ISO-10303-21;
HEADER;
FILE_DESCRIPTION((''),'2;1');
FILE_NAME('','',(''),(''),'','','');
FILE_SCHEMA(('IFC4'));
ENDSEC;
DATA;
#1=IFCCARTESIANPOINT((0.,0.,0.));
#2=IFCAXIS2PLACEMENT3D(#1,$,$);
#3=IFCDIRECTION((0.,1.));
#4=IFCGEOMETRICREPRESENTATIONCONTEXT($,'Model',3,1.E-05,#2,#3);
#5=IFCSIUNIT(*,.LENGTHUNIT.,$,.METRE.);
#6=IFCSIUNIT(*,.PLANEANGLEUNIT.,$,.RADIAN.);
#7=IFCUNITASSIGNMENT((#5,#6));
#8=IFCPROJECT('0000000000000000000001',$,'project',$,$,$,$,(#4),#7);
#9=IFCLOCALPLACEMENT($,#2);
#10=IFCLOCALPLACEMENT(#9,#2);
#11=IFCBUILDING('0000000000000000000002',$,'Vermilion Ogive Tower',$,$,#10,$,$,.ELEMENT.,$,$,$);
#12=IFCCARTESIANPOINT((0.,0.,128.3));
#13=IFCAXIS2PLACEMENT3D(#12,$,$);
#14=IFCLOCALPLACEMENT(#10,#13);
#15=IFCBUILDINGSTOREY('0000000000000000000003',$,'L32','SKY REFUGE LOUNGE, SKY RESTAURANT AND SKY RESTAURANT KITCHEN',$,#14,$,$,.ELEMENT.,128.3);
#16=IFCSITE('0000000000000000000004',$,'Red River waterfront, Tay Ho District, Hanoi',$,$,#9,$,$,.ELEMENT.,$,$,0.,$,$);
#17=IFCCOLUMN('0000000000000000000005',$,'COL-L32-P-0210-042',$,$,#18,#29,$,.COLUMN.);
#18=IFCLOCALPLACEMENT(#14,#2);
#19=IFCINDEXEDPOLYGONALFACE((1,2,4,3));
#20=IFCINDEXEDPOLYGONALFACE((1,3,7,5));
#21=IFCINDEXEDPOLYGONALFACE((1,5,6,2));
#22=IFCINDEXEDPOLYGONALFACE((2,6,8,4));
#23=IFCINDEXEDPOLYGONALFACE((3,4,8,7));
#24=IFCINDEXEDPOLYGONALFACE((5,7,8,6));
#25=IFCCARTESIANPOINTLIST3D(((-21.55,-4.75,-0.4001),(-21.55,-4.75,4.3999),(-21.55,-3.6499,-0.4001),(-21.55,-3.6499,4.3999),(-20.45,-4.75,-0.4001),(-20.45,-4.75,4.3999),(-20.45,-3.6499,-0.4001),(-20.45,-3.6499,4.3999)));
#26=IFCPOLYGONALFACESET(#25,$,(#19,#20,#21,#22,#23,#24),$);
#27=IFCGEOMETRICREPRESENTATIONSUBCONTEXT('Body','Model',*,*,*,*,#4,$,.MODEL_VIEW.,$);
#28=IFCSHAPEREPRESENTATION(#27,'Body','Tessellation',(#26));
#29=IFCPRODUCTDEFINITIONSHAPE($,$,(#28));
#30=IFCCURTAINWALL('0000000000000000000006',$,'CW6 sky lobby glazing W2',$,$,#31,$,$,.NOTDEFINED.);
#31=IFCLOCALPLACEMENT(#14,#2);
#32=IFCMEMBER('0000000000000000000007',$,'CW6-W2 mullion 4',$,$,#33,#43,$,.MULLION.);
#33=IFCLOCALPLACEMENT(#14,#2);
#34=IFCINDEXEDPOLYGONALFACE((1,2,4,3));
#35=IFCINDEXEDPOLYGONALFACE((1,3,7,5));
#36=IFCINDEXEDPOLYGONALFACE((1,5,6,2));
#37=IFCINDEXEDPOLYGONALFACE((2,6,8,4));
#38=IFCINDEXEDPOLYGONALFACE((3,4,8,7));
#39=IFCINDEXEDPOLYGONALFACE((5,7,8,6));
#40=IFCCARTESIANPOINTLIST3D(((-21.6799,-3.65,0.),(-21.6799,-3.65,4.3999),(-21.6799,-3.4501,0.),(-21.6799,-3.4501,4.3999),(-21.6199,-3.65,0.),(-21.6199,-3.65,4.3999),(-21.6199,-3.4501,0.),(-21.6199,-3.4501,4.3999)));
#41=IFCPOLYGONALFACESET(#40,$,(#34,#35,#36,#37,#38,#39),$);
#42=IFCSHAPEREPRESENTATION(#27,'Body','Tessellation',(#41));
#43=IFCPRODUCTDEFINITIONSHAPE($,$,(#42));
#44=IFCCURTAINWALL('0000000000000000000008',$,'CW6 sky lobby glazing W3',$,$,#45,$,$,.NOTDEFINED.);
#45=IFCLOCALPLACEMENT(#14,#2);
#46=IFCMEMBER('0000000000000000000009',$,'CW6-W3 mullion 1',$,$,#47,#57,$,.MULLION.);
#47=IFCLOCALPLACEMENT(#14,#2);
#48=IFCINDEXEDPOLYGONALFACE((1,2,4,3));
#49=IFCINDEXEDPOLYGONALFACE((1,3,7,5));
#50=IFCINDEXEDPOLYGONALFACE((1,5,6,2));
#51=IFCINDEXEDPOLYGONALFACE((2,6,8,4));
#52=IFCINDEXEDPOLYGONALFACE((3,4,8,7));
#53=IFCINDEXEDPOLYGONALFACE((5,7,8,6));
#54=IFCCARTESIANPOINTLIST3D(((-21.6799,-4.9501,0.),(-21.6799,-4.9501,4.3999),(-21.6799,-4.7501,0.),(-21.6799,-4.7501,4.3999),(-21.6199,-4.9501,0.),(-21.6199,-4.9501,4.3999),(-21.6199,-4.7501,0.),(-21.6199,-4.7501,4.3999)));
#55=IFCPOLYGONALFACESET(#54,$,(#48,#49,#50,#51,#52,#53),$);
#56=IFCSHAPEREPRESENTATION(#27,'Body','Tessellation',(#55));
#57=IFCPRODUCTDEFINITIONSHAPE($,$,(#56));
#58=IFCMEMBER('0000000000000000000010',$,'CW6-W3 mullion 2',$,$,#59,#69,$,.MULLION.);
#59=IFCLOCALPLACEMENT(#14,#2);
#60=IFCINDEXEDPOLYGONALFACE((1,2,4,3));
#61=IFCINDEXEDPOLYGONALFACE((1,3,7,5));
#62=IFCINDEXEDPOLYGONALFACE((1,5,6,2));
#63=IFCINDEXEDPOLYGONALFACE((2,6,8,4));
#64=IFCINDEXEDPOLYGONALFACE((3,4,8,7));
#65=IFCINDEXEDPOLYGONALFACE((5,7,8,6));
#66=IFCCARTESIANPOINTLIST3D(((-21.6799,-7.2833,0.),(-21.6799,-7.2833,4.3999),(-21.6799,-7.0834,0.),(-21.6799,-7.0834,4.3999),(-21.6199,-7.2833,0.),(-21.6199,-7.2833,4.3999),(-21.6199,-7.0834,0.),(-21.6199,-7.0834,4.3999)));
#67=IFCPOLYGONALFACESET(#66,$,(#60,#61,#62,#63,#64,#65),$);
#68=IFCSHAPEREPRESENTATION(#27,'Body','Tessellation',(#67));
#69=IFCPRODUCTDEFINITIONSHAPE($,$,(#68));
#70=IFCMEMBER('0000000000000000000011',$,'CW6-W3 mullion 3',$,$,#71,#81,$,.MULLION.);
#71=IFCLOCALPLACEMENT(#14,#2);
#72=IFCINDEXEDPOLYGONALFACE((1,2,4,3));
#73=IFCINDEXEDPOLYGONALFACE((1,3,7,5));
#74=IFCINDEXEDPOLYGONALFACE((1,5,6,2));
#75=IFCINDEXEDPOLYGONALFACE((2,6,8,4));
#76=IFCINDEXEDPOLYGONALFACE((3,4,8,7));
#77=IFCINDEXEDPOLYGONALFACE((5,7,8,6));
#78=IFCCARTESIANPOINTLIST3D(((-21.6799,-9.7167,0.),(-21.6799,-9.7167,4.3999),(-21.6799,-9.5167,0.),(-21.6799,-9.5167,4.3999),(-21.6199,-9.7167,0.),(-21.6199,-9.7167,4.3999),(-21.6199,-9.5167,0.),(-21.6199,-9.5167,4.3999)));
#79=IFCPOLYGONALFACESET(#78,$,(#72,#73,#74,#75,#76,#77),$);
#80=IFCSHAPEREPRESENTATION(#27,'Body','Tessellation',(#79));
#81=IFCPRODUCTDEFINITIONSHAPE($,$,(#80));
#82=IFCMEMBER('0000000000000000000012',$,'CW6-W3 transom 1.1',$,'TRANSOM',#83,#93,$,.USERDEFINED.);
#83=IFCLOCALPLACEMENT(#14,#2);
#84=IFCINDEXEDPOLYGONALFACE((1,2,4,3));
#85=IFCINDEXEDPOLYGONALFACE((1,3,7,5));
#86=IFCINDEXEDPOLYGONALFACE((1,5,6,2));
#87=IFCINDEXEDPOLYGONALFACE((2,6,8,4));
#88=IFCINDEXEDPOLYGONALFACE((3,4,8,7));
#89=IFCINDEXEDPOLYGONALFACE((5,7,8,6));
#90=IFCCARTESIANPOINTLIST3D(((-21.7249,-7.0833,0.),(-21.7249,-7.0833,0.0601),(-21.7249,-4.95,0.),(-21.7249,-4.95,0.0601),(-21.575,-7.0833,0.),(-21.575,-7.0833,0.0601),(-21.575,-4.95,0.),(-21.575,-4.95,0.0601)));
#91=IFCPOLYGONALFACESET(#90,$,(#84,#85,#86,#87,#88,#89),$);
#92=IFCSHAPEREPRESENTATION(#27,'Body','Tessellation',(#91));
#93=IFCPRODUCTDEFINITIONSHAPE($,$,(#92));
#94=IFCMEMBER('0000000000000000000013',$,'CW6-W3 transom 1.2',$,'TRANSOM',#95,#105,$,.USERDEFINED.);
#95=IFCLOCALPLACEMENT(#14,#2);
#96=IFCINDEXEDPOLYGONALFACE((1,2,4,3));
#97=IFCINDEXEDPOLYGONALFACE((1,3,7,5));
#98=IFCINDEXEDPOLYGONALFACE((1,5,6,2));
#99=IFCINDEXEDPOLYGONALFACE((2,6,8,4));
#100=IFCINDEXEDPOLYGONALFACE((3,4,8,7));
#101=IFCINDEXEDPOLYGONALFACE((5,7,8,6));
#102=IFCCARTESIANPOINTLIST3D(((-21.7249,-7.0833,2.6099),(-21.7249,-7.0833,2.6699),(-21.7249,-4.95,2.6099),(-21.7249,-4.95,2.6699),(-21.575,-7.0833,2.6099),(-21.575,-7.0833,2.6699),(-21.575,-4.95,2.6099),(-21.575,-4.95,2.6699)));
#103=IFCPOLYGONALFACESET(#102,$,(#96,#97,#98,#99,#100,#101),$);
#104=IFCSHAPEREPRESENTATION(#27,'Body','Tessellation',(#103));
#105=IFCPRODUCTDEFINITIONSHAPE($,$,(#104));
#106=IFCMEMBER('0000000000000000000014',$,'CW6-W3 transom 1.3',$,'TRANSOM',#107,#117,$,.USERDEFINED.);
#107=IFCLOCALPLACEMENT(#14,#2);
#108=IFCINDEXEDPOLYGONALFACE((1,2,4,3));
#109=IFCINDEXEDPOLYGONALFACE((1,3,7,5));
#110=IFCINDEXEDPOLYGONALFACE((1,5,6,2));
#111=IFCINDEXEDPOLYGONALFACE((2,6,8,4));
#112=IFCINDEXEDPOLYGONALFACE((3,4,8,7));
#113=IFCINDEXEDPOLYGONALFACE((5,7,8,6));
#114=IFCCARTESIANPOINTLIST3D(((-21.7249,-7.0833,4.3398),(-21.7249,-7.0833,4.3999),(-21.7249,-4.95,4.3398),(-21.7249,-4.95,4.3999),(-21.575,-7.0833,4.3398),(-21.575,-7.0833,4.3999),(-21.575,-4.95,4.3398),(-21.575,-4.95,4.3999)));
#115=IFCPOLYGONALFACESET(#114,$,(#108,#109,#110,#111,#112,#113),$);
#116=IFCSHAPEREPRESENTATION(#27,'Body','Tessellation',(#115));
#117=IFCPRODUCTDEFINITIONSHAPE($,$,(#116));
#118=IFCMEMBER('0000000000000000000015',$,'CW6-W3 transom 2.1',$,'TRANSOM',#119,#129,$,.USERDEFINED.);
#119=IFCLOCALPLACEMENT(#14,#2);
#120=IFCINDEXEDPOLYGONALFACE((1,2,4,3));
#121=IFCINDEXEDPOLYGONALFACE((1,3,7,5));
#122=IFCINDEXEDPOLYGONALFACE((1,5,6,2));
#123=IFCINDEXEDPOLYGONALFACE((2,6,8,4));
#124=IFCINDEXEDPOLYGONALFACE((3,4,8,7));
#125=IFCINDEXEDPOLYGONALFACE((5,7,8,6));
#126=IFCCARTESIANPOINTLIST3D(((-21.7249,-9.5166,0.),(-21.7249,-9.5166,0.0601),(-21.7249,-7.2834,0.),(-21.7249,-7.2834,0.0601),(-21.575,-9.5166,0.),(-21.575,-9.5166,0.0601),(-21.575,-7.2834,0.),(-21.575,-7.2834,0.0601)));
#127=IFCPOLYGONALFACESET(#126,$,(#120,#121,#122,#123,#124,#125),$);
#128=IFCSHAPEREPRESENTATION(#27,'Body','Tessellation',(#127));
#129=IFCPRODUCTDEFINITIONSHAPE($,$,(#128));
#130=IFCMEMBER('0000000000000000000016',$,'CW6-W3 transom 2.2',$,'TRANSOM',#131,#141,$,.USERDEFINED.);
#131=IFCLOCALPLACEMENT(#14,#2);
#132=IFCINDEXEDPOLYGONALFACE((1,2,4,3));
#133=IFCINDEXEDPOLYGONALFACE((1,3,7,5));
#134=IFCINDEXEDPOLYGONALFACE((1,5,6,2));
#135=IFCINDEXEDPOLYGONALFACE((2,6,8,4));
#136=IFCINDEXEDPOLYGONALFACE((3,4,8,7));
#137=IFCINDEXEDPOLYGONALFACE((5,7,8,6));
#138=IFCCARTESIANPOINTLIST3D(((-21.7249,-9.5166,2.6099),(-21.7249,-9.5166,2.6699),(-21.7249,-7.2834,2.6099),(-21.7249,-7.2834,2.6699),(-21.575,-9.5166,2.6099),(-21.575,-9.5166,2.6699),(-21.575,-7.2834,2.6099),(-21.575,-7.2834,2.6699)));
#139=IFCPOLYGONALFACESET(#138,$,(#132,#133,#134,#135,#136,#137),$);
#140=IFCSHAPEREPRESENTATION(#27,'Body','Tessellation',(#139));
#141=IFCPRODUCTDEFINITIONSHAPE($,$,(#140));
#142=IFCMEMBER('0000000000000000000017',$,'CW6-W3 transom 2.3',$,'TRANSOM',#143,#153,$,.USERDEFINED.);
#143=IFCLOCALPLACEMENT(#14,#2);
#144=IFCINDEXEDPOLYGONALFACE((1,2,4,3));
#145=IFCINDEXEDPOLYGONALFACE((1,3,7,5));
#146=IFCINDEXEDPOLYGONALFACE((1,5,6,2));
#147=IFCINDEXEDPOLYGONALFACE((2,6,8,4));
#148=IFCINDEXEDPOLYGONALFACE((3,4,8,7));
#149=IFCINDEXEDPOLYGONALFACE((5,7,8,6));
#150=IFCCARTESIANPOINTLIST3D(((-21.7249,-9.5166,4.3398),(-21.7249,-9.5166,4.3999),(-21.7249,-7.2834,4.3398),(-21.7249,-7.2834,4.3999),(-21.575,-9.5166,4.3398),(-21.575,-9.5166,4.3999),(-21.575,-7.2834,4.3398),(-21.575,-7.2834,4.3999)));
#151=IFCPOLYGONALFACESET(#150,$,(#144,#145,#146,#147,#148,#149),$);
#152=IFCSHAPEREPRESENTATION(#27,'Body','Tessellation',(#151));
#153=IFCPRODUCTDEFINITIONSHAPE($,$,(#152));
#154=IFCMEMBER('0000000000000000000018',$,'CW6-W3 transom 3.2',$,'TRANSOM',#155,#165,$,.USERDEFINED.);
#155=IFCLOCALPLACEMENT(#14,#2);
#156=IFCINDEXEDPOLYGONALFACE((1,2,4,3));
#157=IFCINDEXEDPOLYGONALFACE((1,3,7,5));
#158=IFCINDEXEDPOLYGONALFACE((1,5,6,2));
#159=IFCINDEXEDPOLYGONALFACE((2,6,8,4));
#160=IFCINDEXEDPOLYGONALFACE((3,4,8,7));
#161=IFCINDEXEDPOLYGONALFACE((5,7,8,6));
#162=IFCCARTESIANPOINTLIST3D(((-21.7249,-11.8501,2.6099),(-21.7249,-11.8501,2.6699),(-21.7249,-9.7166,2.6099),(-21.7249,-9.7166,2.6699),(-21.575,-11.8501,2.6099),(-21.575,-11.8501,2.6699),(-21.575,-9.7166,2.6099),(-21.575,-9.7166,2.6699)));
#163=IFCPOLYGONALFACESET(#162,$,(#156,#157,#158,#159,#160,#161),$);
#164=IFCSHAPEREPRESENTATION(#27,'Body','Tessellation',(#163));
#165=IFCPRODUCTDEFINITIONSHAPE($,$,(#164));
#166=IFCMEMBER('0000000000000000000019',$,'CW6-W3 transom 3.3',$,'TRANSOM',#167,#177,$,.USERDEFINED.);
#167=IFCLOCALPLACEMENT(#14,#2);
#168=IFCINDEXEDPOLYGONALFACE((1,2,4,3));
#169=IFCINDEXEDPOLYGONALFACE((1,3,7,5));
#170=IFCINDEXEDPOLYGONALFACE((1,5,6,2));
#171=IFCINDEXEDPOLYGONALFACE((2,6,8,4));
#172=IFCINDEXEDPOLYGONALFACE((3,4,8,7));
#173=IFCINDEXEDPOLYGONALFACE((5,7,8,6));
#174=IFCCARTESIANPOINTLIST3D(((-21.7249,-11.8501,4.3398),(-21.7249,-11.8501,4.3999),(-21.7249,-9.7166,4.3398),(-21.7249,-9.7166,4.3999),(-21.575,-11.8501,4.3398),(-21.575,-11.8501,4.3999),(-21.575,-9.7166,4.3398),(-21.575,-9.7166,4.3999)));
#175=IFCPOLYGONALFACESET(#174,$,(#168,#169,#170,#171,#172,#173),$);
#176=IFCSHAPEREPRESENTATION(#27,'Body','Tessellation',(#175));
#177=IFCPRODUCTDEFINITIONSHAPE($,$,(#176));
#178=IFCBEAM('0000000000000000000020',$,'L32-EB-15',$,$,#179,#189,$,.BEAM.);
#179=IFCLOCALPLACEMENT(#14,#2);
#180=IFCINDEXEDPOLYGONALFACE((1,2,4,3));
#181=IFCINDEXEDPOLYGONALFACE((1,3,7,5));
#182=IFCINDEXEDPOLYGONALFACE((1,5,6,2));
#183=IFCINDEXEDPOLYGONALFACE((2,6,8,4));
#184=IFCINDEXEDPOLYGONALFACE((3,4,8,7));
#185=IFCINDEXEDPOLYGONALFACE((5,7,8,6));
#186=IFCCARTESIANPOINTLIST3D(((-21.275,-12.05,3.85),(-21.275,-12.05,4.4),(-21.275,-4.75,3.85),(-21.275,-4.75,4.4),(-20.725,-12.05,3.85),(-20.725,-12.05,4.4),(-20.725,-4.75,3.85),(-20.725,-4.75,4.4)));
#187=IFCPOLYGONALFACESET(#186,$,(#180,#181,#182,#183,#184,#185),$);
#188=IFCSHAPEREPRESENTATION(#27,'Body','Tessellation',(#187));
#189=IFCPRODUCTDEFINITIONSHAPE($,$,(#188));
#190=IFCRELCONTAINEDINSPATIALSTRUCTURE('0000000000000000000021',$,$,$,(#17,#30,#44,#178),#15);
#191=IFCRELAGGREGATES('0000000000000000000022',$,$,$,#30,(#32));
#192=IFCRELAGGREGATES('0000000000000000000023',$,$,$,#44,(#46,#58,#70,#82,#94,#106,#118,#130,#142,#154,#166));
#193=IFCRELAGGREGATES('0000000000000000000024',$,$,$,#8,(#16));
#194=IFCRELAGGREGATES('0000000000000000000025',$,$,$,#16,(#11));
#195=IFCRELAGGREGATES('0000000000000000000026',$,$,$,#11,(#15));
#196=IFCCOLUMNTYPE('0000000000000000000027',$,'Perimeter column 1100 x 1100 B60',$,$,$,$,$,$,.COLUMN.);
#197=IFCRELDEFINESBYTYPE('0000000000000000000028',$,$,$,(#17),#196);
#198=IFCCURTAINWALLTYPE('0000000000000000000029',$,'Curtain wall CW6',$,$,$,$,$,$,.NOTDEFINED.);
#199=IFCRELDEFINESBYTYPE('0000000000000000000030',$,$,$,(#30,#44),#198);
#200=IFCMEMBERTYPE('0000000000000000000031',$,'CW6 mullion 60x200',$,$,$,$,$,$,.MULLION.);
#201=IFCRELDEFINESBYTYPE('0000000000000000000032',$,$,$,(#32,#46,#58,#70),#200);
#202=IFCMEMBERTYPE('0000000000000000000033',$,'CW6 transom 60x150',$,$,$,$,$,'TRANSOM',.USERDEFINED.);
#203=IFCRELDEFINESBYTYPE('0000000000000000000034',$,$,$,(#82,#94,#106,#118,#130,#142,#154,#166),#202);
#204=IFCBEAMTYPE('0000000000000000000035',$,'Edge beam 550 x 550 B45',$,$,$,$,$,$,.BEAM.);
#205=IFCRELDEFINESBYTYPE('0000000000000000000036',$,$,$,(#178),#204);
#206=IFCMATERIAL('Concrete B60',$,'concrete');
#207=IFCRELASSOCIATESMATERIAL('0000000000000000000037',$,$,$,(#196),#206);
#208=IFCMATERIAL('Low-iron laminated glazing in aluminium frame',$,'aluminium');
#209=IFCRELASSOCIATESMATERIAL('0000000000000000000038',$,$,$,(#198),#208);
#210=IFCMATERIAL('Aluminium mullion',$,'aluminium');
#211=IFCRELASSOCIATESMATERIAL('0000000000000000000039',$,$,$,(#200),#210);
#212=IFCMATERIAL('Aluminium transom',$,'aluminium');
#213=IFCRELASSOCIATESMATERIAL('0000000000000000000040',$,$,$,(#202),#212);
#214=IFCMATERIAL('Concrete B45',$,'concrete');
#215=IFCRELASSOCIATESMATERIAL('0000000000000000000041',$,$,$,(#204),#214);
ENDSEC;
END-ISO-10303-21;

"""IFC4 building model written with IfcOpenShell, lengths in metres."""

from ifc_helpers import new_model, si_unit, direction, frame, origin, origin_2d, place, context, subcontext, project, spatial, rectangle, extrude, material, material_profile, profile_set, type_object, element, aggregate, save


model = new_model("IFC4")

# Units and contexts
model_context = context("Model", 3, precision=1e-05, world=origin(), true_north=direction((0.0, 1.0)))
body_context = subcontext(model_context, "Body", "Model", "MODEL_VIEW")
ifc_project = project(units=[si_unit("LENGTHUNIT", "METRE"), si_unit("PLANEANGLEUNIT", "RADIAN")], contexts=[model_context])

# Site, building, storey
site_placement = place(None, origin())
site = spatial("IfcSite", under=ifc_project, at=site_placement, Name="Red River waterfront, Tay Ho District, Hanoi", CompositionType="ELEMENT", RefElevation=0.0)
building_placement = place(site_placement, origin())
building = spatial("IfcBuilding", under=site, at=building_placement, Name="Vermilion Ogive Tower", CompositionType="ELEMENT")
storey_placement = place(building_placement, frame((0.0, 0.0, 128.3)))
storey = spatial("IfcBuildingStorey", under=building, at=storey_placement, Name="L32", Description="SKY REFUGE LOUNGE, SKY RESTAURANT AND SKY RESTAURANT KITCHEN", CompositionType="ELEMENT", Elevation=128.3)

# Column
ifc_material_1 = material(Name="Concrete B60", Category="concrete")
ifc_material_profile_1 = material_profile(ifc_material_1, rectangle(XDim=1.1001, YDim=1.1001, at=origin_2d()), Name="1100 x 1100")
ifc_profile_set_1 = profile_set([ifc_material_profile_1], Name="Concrete B60")
column_type = type_object("IfcColumnType", Name="Perimeter column 1100 x 1100 B60", PredefinedType="COLUMN", material=ifc_profile_set_1)
column_placement = place(storey_placement, frame((-21.0, -4.2, -0.4001), z_axis=(0.0, 0.0, 1.0), x_axis=(1.0, 0.0, 0.0)))
element("IfcColumn", 1, at=column_placement, inside=storey, type_object=column_type, Name="COL-L32-P-0210-042", PredefinedType="COLUMN", context=body_context, shape_type="SweptSolid", body=[
    extrude(rectangle(XDim=1.1001, YDim=1.1001, at=origin_2d()), origin(), (0.0, 0.0, 1.0), 4.8),
])

# Curtain wall, member
ifc_material_2 = material(Name="Low-iron laminated glazing in aluminium frame", Category="aluminium")
curtain_wall_type = type_object("IfcCurtainWallType", Name="Curtain wall CW6", PredefinedType="NOTDEFINED", material=ifc_material_2)
curtain_wall_1_placement = place(storey_placement, origin())
curtain_wall_1 = element("IfcCurtainWall", 2, at=curtain_wall_1_placement, inside=storey, type_object=curtain_wall_type, Name="CW6 sky lobby glazing W2", PredefinedType="NOTDEFINED")
ifc_material_3 = material(Name="Aluminium mullion", Category="aluminium")
ifc_material_profile_2 = material_profile(ifc_material_3, rectangle(XDim=0.0601, YDim=0.2, at=origin_2d()), Name="AL 60x200")
ifc_profile_set_2 = profile_set([ifc_material_profile_2], Name="Aluminium mullion")
member_type_1 = type_object("IfcMemberType", Name="CW6 mullion 60x200", PredefinedType="MULLION", material=ifc_profile_set_2)
member_1_placement = place(storey_placement, frame((-21.6499, -3.55, 0.0), z_axis=(0.0, 0.0, 1.0), x_axis=(1.0, 0.0, 0.0)))
member_1 = element("IfcMember", 3, at=member_1_placement, type_object=member_type_1, Name="CW6-W2 mullion 4", PredefinedType="MULLION", context=body_context, shape_type="SweptSolid", body=[
    extrude(rectangle(XDim=0.0601, YDim=0.2, at=origin_2d()), origin(), (0.0, 0.0, 1.0), 4.3999),
])

# Curtain wall, members
curtain_wall_2_placement = place(storey_placement, origin())
curtain_wall_2 = element("IfcCurtainWall", 4, at=curtain_wall_2_placement, inside=storey, type_object=curtain_wall_type, Name="CW6 sky lobby glazing W3", PredefinedType="NOTDEFINED")
member_2_placement = place(storey_placement, frame((-21.6499, -4.8501, 0.0), z_axis=(0.0, 0.0, 1.0), x_axis=(1.0, 0.0, 0.0)))
member_2 = element("IfcMember", 5, at=member_2_placement, type_object=member_type_1, Name="CW6-W3 mullion 1", PredefinedType="MULLION", context=body_context, shape_type="SweptSolid", body=[
    extrude(rectangle(XDim=0.0601, YDim=0.2, at=origin_2d()), origin(), (0.0, 0.0, 1.0), 4.3999),
])
member_3_placement = place(storey_placement, frame((-21.6499, -7.1833, 0.0), z_axis=(0.0, 0.0, 1.0), x_axis=(1.0, 0.0, 0.0)))
member_3 = element("IfcMember", 6, at=member_3_placement, type_object=member_type_1, Name="CW6-W3 mullion 2", PredefinedType="MULLION", context=body_context, shape_type="SweptSolid", body=[
    extrude(rectangle(XDim=0.0601, YDim=0.2, at=origin_2d()), origin(), (0.0, 0.0, 1.0), 4.3999),
])
member_4_placement = place(storey_placement, frame((-21.6499, -9.6167, 0.0), z_axis=(0.0, 0.0, 1.0), x_axis=(1.0, 0.0, 0.0)))
member_4 = element("IfcMember", 7, at=member_4_placement, type_object=member_type_1, Name="CW6-W3 mullion 3", PredefinedType="MULLION", context=body_context, shape_type="SweptSolid", body=[
    extrude(rectangle(XDim=0.0601, YDim=0.2, at=origin_2d()), origin(), (0.0, 0.0, 1.0), 4.3999),
])
ifc_material_4 = material(Name="Aluminium transom", Category="aluminium")
ifc_material_profile_3 = material_profile(ifc_material_4, rectangle(XDim=0.1499, YDim=0.0601, at=origin_2d()), Name="AL 60x150")
ifc_profile_set_3 = profile_set([ifc_material_profile_3], Name="Aluminium transom")
member_type_2 = type_object("IfcMemberType", Name="CW6 transom 60x150", ElementType="TRANSOM", PredefinedType="USERDEFINED", material=ifc_profile_set_3)
member_5_placement = place(storey_placement, frame((-21.6499, -4.95, 0.03), z_axis=(0.0, -1.0, 0.0), x_axis=(1.0, 0.0, 0.0)))
member_5 = element("IfcMember", 8, at=member_5_placement, type_object=member_type_2, Name="CW6-W3 transom 1.1", ObjectType="TRANSOM", PredefinedType="USERDEFINED", context=body_context, shape_type="SweptSolid", body=[
    extrude(rectangle(XDim=0.1499, YDim=0.0601, at=origin_2d()), origin(), (0.0, 0.0, 1.0), 2.1333),
])
member_6_placement = place(storey_placement, frame((-21.6499, -4.95, 2.6399), z_axis=(0.0, -1.0, 0.0), x_axis=(1.0, 0.0, 0.0)))
member_6 = element("IfcMember", 9, at=member_6_placement, type_object=member_type_2, Name="CW6-W3 transom 1.2", ObjectType="TRANSOM", PredefinedType="USERDEFINED", context=body_context, shape_type="SweptSolid", body=[
    extrude(rectangle(XDim=0.1499, YDim=0.0601, at=origin_2d()), origin(), (0.0, 0.0, 1.0), 2.1333),
])
member_7_placement = place(storey_placement, frame((-21.6499, -4.95, 4.3699), z_axis=(0.0, -1.0, 0.0), x_axis=(1.0, 0.0, 0.0)))
member_7 = element("IfcMember", 10, at=member_7_placement, type_object=member_type_2, Name="CW6-W3 transom 1.3", ObjectType="TRANSOM", PredefinedType="USERDEFINED", context=body_context, shape_type="SweptSolid", body=[
    extrude(rectangle(XDim=0.1499, YDim=0.0601, at=origin_2d()), origin(), (0.0, 0.0, 1.0), 2.1333),
])
member_8_placement = place(storey_placement, frame((-21.6499, -7.2834, 0.03), z_axis=(0.0, -1.0, 0.0), x_axis=(1.0, 0.0, 0.0)))
member_8 = element("IfcMember", 11, at=member_8_placement, type_object=member_type_2, Name="CW6-W3 transom 2.1", ObjectType="TRANSOM", PredefinedType="USERDEFINED", context=body_context, shape_type="SweptSolid", body=[
    extrude(rectangle(XDim=0.1499, YDim=0.0601, at=origin_2d()), origin(), (0.0, 0.0, 1.0), 2.2332),
])
member_9_placement = place(storey_placement, frame((-21.6499, -7.2834, 2.6399), z_axis=(0.0, -1.0, 0.0), x_axis=(1.0, 0.0, 0.0)))
member_9 = element("IfcMember", 12, at=member_9_placement, type_object=member_type_2, Name="CW6-W3 transom 2.2", ObjectType="TRANSOM", PredefinedType="USERDEFINED", context=body_context, shape_type="SweptSolid", body=[
    extrude(rectangle(XDim=0.1499, YDim=0.0601, at=origin_2d()), origin(), (0.0, 0.0, 1.0), 2.2332),
])
member_10_placement = place(storey_placement, frame((-21.6499, -7.2834, 4.3699), z_axis=(0.0, -1.0, 0.0), x_axis=(1.0, 0.0, 0.0)))
member_10 = element("IfcMember", 13, at=member_10_placement, type_object=member_type_2, Name="CW6-W3 transom 2.3", ObjectType="TRANSOM", PredefinedType="USERDEFINED", context=body_context, shape_type="SweptSolid", body=[
    extrude(rectangle(XDim=0.1499, YDim=0.0601, at=origin_2d()), origin(), (0.0, 0.0, 1.0), 2.2332),
])
member_11_placement = place(storey_placement, frame((-21.6499, -9.7166, 2.6399), z_axis=(0.0, -1.0, 0.0), x_axis=(1.0, 0.0, 0.0)))
member_11 = element("IfcMember", 14, at=member_11_placement, type_object=member_type_2, Name="CW6-W3 transom 3.2", ObjectType="TRANSOM", PredefinedType="USERDEFINED", context=body_context, shape_type="SweptSolid", body=[
    extrude(rectangle(XDim=0.1499, YDim=0.0601, at=origin_2d()), origin(), (0.0, 0.0, 1.0), 2.1335),
])
member_12_placement = place(storey_placement, frame((-21.6499, -9.7166, 4.3699), z_axis=(0.0, -1.0, 0.0), x_axis=(1.0, 0.0, 0.0)))
member_12 = element("IfcMember", 15, at=member_12_placement, type_object=member_type_2, Name="CW6-W3 transom 3.3", ObjectType="TRANSOM", PredefinedType="USERDEFINED", context=body_context, shape_type="SweptSolid", body=[
    extrude(rectangle(XDim=0.1499, YDim=0.0601, at=origin_2d()), origin(), (0.0, 0.0, 1.0), 2.1335),
])

# Beam
ifc_material_5 = material(Name="Concrete B45", Category="concrete")
ifc_material_profile_4 = material_profile(ifc_material_5, rectangle(XDim=0.55, YDim=0.55, at=origin_2d()), Name="550 x 550")
ifc_profile_set_4 = profile_set([ifc_material_profile_4], Name="Concrete B45")
beam_type = type_object("IfcBeamType", Name="Edge beam 550 x 550 B45", PredefinedType="BEAM", material=ifc_profile_set_4)
beam_placement = place(storey_placement, frame((-21.0, -4.75, 4.125), z_axis=(0.0, -1.0, 0.0), x_axis=(1.0, 0.0, 0.0)))
element("IfcBeam", 16, at=beam_placement, inside=storey, type_object=beam_type, Name="L32-EB-15", PredefinedType="BEAM", context=body_context, shape_type="SweptSolid", body=[
    extrude(rectangle(XDim=0.55, YDim=0.55, at=origin_2d()), origin(), (0.0, 0.0, 1.0), 7.3),
])

aggregate(curtain_wall_1, [member_1])
aggregate(curtain_wall_2, [member_2, member_3, member_4, member_5, member_6, member_7, member_8, member_9, member_10, member_11, member_12])

save(model, "model.ifc")
